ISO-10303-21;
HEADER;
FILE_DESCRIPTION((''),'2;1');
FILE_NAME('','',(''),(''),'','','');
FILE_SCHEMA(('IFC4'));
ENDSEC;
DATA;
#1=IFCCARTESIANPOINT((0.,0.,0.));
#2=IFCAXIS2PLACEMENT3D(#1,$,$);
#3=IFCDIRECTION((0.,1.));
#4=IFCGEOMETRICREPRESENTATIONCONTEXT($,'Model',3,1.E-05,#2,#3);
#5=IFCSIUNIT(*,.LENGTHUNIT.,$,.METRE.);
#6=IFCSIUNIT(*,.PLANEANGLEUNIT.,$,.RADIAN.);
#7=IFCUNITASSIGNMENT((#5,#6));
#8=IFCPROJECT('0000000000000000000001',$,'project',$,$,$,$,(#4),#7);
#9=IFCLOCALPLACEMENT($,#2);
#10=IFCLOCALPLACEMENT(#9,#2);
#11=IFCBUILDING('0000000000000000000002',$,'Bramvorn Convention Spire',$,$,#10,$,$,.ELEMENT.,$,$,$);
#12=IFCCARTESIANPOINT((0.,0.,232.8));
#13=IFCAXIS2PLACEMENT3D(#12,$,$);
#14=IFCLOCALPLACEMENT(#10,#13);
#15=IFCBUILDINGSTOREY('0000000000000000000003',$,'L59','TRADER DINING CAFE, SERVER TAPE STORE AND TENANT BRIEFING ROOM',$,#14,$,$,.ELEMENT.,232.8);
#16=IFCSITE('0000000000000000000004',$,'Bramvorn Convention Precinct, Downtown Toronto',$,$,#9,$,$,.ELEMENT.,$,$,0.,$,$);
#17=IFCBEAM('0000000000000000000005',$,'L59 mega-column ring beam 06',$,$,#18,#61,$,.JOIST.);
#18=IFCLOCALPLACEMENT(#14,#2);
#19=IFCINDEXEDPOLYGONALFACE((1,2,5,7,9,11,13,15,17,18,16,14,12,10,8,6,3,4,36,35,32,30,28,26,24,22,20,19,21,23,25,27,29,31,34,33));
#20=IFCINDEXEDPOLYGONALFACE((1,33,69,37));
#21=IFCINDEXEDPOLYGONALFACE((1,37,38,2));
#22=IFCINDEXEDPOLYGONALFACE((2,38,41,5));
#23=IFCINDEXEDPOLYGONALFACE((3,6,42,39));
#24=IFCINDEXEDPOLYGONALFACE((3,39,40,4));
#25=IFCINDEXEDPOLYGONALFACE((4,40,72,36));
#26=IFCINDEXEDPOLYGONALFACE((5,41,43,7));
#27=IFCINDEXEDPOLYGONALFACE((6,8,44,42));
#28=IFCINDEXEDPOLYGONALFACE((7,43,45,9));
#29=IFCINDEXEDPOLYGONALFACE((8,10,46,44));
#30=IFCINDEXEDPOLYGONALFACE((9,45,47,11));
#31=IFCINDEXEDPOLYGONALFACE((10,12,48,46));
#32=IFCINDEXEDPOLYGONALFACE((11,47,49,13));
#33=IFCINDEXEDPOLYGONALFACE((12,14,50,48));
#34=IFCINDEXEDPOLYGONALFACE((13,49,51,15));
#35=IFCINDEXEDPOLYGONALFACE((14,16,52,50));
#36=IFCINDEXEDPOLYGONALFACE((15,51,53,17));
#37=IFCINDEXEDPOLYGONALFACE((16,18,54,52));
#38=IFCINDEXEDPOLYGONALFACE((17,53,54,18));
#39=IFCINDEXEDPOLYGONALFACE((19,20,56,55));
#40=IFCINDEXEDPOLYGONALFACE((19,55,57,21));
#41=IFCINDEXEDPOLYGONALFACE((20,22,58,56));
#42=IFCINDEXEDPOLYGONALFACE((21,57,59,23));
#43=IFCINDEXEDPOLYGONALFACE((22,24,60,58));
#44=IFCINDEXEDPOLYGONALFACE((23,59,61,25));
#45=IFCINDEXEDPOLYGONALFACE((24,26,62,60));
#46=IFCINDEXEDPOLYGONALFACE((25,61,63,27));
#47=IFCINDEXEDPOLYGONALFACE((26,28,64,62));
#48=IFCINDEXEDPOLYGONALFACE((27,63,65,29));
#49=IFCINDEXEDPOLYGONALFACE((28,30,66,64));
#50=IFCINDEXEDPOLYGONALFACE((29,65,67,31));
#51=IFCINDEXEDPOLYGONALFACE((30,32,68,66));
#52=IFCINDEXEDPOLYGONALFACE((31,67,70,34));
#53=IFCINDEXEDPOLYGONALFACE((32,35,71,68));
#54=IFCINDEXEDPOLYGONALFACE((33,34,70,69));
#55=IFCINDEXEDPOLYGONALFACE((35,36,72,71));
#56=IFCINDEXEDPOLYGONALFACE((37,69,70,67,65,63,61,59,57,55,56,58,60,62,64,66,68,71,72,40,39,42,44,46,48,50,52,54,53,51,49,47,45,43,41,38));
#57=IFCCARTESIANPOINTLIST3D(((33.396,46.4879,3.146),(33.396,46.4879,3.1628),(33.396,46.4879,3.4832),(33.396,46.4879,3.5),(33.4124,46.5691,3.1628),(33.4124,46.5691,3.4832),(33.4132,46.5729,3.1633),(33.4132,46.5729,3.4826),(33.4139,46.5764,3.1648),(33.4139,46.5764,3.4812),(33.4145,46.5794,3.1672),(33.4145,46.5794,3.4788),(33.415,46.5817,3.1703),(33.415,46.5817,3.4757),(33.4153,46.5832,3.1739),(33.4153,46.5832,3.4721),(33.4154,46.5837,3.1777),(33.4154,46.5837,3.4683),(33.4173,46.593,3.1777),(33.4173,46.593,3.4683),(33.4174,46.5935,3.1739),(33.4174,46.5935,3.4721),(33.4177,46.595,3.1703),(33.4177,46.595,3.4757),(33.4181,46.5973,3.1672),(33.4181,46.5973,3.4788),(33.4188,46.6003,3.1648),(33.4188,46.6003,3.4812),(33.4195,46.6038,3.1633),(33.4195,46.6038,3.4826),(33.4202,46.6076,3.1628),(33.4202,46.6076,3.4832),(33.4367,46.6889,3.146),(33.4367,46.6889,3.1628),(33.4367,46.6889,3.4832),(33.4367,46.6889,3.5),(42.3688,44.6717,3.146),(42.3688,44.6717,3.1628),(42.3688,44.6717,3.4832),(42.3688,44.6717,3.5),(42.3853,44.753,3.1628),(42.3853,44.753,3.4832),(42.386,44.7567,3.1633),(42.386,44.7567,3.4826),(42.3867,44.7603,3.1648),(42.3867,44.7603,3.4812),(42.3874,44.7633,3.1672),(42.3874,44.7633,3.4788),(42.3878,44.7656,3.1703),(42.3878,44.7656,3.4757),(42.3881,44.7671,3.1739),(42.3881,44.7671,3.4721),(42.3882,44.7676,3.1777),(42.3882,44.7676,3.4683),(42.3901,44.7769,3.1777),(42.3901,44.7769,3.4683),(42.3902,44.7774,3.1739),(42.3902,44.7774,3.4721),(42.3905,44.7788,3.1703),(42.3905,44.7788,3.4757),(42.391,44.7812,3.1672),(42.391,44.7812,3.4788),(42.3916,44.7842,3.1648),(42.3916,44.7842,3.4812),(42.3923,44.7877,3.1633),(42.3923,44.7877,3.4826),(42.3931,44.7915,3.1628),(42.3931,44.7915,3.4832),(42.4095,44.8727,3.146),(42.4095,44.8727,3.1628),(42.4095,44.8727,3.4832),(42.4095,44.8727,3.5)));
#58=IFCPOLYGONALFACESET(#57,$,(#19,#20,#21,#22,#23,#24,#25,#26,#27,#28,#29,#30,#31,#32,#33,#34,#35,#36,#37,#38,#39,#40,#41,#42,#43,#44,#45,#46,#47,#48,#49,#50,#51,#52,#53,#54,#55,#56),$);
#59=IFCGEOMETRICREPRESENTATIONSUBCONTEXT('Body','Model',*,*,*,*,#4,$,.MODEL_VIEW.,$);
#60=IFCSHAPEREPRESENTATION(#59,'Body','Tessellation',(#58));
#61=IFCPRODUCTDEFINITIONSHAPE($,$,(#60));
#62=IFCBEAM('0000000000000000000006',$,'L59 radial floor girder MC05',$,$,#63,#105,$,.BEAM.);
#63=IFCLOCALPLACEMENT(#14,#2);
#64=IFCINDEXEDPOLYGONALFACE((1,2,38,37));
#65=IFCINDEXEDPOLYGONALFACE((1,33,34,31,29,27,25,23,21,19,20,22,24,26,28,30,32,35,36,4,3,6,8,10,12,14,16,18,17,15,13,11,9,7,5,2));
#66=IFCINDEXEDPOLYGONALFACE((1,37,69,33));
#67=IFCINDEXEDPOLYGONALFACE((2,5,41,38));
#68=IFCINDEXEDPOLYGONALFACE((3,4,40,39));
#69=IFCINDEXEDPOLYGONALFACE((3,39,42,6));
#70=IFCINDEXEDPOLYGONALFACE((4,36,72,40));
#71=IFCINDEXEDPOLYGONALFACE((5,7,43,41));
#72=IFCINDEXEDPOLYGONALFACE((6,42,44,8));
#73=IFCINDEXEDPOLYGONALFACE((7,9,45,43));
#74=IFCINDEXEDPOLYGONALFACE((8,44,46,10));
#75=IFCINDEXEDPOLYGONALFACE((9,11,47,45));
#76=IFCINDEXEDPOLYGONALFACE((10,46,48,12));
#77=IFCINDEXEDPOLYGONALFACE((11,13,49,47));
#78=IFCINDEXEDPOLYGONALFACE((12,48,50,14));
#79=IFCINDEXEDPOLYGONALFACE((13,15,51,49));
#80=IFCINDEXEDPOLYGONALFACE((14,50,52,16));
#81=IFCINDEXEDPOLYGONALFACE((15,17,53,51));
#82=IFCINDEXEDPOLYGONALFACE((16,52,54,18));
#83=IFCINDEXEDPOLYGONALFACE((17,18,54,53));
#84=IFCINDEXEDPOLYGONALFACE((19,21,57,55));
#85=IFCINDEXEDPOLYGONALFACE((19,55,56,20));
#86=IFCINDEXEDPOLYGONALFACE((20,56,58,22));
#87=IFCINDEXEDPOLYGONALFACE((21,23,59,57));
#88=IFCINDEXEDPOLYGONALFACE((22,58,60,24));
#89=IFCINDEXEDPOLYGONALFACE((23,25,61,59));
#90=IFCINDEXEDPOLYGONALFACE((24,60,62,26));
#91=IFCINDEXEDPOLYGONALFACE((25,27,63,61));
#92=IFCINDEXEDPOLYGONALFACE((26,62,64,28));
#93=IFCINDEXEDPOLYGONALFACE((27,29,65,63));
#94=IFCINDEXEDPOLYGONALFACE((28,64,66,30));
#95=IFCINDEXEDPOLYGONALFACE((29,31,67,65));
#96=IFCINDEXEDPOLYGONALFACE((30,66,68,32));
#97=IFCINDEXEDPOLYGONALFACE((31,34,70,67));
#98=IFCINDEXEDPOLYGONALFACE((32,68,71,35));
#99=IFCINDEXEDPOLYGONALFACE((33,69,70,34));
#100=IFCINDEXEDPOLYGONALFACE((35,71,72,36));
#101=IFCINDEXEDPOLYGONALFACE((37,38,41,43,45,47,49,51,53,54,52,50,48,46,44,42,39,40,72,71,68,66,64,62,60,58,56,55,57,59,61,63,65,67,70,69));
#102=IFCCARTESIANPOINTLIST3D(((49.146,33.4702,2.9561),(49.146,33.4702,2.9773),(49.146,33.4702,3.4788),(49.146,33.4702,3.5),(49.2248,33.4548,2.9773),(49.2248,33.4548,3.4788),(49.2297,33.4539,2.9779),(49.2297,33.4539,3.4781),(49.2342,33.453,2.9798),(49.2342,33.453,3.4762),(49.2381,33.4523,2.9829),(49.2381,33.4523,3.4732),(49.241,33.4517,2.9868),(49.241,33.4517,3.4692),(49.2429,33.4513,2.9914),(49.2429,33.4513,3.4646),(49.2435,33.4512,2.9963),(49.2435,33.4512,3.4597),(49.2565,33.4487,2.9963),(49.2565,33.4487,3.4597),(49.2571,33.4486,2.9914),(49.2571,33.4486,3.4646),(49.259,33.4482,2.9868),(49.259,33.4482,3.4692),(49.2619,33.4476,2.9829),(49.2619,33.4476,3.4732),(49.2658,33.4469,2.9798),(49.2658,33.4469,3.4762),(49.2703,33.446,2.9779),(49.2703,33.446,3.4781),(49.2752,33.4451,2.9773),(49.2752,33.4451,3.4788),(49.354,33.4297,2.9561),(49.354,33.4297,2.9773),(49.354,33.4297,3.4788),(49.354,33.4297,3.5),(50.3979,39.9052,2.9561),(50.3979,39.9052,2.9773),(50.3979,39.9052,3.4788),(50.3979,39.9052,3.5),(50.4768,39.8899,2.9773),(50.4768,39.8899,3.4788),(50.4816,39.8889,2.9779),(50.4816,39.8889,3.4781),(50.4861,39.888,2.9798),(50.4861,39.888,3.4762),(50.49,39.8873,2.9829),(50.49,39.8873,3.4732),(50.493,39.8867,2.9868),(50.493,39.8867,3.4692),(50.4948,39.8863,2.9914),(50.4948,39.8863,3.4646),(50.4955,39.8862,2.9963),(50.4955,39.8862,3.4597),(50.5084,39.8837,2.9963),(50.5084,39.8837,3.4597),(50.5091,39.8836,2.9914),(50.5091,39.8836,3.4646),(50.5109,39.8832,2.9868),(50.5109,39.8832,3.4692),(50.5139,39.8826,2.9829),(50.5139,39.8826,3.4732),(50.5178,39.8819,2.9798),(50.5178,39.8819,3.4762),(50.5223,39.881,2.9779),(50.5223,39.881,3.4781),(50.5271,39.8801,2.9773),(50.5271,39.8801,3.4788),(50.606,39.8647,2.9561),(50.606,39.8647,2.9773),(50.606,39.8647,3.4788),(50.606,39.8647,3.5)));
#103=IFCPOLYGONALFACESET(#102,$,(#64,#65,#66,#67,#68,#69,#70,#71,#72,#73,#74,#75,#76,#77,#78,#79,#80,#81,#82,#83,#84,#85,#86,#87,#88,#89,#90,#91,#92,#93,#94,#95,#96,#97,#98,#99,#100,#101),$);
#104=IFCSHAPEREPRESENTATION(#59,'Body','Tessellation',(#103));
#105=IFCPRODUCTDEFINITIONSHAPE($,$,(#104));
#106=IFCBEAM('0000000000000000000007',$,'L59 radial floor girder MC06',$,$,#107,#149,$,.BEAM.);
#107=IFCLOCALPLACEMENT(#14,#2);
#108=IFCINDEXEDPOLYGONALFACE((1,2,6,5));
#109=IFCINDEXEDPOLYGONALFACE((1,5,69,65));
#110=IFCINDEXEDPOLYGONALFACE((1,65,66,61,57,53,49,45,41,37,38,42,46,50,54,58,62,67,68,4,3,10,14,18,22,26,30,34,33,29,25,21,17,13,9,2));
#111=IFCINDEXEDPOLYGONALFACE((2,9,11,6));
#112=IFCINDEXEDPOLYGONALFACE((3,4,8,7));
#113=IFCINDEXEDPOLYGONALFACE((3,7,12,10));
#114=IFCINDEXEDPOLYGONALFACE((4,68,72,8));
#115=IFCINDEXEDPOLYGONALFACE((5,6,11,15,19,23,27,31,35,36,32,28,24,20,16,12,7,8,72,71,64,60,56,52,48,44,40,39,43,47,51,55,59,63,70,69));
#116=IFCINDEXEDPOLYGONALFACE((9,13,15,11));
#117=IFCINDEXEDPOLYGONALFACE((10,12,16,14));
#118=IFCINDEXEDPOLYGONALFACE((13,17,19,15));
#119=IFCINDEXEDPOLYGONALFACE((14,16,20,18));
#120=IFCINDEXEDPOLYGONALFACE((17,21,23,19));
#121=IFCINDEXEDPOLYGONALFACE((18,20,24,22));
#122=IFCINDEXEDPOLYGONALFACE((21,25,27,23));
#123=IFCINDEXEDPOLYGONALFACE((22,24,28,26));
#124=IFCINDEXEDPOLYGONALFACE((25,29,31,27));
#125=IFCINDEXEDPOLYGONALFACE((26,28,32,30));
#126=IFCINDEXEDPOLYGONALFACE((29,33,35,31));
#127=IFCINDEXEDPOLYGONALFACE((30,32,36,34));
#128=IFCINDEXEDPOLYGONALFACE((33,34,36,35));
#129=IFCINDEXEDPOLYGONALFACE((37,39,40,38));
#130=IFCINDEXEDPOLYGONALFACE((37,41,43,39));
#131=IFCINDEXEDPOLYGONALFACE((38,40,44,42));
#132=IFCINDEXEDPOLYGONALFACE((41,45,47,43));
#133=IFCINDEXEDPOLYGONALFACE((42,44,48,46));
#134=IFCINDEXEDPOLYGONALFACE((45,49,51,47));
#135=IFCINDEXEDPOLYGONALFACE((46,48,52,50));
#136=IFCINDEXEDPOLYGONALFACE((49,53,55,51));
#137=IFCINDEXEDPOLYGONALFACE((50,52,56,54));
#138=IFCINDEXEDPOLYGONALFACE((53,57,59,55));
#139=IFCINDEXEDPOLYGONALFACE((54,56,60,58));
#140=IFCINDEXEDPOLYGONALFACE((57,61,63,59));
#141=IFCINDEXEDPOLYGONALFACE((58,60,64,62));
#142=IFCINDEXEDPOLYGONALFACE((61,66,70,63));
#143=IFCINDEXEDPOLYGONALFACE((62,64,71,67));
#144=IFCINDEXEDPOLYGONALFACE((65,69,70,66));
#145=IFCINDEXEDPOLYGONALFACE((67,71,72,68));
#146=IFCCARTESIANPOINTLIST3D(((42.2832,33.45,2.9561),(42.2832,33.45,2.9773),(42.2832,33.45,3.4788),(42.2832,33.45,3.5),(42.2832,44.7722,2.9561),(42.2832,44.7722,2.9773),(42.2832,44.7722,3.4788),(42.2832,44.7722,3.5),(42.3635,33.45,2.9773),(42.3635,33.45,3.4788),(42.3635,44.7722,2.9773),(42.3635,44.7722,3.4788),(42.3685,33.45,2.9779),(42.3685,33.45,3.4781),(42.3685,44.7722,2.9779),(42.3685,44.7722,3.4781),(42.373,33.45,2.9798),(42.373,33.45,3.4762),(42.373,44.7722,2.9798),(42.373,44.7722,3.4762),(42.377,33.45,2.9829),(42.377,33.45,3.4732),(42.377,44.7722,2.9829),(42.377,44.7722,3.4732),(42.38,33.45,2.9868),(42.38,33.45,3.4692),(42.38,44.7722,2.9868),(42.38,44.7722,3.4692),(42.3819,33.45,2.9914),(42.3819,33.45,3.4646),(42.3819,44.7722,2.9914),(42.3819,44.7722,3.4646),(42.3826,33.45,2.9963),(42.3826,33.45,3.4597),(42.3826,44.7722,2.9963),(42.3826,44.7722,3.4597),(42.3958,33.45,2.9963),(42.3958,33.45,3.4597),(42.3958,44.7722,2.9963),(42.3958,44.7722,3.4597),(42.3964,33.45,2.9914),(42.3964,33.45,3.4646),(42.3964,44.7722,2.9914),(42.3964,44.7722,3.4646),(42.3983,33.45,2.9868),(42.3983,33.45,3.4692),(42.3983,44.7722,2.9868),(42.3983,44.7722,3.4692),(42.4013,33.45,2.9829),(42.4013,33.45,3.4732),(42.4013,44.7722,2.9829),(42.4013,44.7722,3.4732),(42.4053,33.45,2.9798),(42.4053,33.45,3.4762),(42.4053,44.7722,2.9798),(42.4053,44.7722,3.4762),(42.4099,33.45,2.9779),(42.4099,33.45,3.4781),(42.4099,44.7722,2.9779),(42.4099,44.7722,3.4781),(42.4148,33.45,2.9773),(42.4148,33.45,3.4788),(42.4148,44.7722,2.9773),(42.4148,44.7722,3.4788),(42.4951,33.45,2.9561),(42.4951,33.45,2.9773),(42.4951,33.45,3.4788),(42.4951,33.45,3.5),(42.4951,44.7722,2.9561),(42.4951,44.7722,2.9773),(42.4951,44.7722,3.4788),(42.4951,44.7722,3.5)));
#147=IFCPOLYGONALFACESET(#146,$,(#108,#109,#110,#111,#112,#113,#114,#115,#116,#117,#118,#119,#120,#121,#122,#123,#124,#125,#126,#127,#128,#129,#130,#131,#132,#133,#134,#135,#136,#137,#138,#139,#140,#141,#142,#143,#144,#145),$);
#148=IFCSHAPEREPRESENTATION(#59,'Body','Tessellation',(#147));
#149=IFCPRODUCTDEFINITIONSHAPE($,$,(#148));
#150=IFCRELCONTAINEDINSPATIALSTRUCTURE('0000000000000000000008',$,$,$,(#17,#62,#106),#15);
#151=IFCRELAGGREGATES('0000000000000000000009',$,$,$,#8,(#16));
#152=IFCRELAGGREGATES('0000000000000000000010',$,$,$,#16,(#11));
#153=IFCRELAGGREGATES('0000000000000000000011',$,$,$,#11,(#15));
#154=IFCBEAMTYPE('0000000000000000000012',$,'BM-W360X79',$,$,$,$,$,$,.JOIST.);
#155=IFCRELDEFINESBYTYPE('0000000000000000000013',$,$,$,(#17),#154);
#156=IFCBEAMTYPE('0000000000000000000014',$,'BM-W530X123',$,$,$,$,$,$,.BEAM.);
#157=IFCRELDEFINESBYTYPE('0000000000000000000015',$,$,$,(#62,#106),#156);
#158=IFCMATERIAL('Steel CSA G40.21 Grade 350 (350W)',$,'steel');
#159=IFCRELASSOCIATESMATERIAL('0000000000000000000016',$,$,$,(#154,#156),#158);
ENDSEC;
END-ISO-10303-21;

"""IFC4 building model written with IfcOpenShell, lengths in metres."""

from ifc_helpers import new_model, si_unit, direction, frame, origin, origin_2d, place, context, subcontext, project, spatial, i_section, extrude, material, material_profile, profile_set, type_object, element, save


model = new_model("IFC4")

# Units and contexts
model_context = context("Model", 3, precision=1e-05, world=origin(), true_north=direction((0.0, 1.0)))
body_context = subcontext(model_context, "Body", "Model", "MODEL_VIEW")
ifc_project = project(units=[si_unit("LENGTHUNIT", "METRE"), si_unit("PLANEANGLEUNIT", "RADIAN")], contexts=[model_context])

# Site, building, storey
site_placement = place(None, origin())
site = spatial("IfcSite", under=ifc_project, at=site_placement, Name="Bramvorn Convention Precinct, Downtown Toronto", CompositionType="ELEMENT", RefElevation=0.0)
building_placement = place(site_placement, origin())
building = spatial("IfcBuilding", under=site, at=building_placement, Name="Bramvorn Convention Spire", CompositionType="ELEMENT")
storey_placement = place(building_placement, frame((0.0, 0.0, 232.8)))
storey = spatial("IfcBuildingStorey", under=building, at=storey_placement, Name="L59", Description="TRADER DINING CAFE, SERVER TAPE STORE AND TENANT BRIEFING ROOM", CompositionType="ELEMENT", Elevation=232.8)

# Shared definitions
ifc_material_1 = material(Name="Steel CSA G40.21 Grade 350 (350W)", Category="steel")

# Beams
ifc_material_profile_1 = material_profile(ifc_material_1, i_section(OverallWidth=0.2051, OverallDepth=0.354, WebThickness=0.0095, FlangeThickness=0.0168, FilletRadius=0.0149, at=origin_2d()))
ifc_profile_set_1 = profile_set([ifc_material_profile_1], Name="Steel CSA G40.21 Grade 350 (350W) - W360X79")
beam_type_1 = type_object("IfcBeamType", Name="BM-W360X79", PredefinedType="JOIST", material=ifc_profile_set_1)
beam_1_placement = place(storey_placement, frame((42.3892, 44.7722, 3.323), z_axis=(-0.980125, 0.198382, 0.0), x_axis=(-0.198382, -0.980125, 0.0)))
element("IfcBeam", 1, at=beam_1_placement, inside=storey, type_object=beam_type_1, Name="L59 mega-column ring beam 06", PredefinedType="JOIST", context=body_context, shape_type="SweptSolid", body=[
    extrude(i_section(OverallWidth=0.2051, OverallDepth=0.354, WebThickness=0.0095, FlangeThickness=0.0168, FilletRadius=0.0149, at=origin_2d()), origin(), (0.0, 0.0, 1.0), 9.1548),
])
ifc_material_profile_2 = material_profile(ifc_material_1, i_section(OverallWidth=0.2119, OverallDepth=0.5439, WebThickness=0.0132, FlangeThickness=0.0212, FilletRadius=0.019, at=origin_2d()))
ifc_profile_set_2 = profile_set([ifc_material_profile_2], Name="Steel CSA G40.21 Grade 350 (350W) - W530X123")
beam_type_2 = type_object("IfcBeamType", Name="BM-W530X123", PredefinedType="BEAM", material=ifc_profile_set_2)
beam_2_placement = place(storey_placement, frame((49.25, 33.45, 3.228), z_axis=(0.190971, 0.981596, 0.0), x_axis=(-0.981596, 0.190971, 0.0)))
element("IfcBeam", 2, at=beam_2_placement, inside=storey, type_object=beam_type_2, Name="L59 radial floor girder MC05", PredefinedType="BEAM", context=body_context, shape_type="SweptSolid", body=[
    extrude(i_section(OverallWidth=0.2119, OverallDepth=0.5439, WebThickness=0.0132, FlangeThickness=0.0212, FilletRadius=0.019, at=origin_2d()), origin(), (0.0, 0.0, 1.0), 6.5557),
])
beam_3_placement = place(storey_placement, frame((42.3892, 33.45, 3.228), z_axis=(0.0, 1.0, 0.0), x_axis=(-1.0, 0.0, 0.0)))
element("IfcBeam", 3, at=beam_3_placement, inside=storey, type_object=beam_type_2, Name="L59 radial floor girder MC06", PredefinedType="BEAM", context=body_context, shape_type="SweptSolid", body=[
    extrude(i_section(OverallWidth=0.2119, OverallDepth=0.5439, WebThickness=0.0132, FlangeThickness=0.0212, FilletRadius=0.019, at=origin_2d()), origin(), (0.0, 0.0, 1.0), 11.3223),
])

save(model, "model.ifc")
